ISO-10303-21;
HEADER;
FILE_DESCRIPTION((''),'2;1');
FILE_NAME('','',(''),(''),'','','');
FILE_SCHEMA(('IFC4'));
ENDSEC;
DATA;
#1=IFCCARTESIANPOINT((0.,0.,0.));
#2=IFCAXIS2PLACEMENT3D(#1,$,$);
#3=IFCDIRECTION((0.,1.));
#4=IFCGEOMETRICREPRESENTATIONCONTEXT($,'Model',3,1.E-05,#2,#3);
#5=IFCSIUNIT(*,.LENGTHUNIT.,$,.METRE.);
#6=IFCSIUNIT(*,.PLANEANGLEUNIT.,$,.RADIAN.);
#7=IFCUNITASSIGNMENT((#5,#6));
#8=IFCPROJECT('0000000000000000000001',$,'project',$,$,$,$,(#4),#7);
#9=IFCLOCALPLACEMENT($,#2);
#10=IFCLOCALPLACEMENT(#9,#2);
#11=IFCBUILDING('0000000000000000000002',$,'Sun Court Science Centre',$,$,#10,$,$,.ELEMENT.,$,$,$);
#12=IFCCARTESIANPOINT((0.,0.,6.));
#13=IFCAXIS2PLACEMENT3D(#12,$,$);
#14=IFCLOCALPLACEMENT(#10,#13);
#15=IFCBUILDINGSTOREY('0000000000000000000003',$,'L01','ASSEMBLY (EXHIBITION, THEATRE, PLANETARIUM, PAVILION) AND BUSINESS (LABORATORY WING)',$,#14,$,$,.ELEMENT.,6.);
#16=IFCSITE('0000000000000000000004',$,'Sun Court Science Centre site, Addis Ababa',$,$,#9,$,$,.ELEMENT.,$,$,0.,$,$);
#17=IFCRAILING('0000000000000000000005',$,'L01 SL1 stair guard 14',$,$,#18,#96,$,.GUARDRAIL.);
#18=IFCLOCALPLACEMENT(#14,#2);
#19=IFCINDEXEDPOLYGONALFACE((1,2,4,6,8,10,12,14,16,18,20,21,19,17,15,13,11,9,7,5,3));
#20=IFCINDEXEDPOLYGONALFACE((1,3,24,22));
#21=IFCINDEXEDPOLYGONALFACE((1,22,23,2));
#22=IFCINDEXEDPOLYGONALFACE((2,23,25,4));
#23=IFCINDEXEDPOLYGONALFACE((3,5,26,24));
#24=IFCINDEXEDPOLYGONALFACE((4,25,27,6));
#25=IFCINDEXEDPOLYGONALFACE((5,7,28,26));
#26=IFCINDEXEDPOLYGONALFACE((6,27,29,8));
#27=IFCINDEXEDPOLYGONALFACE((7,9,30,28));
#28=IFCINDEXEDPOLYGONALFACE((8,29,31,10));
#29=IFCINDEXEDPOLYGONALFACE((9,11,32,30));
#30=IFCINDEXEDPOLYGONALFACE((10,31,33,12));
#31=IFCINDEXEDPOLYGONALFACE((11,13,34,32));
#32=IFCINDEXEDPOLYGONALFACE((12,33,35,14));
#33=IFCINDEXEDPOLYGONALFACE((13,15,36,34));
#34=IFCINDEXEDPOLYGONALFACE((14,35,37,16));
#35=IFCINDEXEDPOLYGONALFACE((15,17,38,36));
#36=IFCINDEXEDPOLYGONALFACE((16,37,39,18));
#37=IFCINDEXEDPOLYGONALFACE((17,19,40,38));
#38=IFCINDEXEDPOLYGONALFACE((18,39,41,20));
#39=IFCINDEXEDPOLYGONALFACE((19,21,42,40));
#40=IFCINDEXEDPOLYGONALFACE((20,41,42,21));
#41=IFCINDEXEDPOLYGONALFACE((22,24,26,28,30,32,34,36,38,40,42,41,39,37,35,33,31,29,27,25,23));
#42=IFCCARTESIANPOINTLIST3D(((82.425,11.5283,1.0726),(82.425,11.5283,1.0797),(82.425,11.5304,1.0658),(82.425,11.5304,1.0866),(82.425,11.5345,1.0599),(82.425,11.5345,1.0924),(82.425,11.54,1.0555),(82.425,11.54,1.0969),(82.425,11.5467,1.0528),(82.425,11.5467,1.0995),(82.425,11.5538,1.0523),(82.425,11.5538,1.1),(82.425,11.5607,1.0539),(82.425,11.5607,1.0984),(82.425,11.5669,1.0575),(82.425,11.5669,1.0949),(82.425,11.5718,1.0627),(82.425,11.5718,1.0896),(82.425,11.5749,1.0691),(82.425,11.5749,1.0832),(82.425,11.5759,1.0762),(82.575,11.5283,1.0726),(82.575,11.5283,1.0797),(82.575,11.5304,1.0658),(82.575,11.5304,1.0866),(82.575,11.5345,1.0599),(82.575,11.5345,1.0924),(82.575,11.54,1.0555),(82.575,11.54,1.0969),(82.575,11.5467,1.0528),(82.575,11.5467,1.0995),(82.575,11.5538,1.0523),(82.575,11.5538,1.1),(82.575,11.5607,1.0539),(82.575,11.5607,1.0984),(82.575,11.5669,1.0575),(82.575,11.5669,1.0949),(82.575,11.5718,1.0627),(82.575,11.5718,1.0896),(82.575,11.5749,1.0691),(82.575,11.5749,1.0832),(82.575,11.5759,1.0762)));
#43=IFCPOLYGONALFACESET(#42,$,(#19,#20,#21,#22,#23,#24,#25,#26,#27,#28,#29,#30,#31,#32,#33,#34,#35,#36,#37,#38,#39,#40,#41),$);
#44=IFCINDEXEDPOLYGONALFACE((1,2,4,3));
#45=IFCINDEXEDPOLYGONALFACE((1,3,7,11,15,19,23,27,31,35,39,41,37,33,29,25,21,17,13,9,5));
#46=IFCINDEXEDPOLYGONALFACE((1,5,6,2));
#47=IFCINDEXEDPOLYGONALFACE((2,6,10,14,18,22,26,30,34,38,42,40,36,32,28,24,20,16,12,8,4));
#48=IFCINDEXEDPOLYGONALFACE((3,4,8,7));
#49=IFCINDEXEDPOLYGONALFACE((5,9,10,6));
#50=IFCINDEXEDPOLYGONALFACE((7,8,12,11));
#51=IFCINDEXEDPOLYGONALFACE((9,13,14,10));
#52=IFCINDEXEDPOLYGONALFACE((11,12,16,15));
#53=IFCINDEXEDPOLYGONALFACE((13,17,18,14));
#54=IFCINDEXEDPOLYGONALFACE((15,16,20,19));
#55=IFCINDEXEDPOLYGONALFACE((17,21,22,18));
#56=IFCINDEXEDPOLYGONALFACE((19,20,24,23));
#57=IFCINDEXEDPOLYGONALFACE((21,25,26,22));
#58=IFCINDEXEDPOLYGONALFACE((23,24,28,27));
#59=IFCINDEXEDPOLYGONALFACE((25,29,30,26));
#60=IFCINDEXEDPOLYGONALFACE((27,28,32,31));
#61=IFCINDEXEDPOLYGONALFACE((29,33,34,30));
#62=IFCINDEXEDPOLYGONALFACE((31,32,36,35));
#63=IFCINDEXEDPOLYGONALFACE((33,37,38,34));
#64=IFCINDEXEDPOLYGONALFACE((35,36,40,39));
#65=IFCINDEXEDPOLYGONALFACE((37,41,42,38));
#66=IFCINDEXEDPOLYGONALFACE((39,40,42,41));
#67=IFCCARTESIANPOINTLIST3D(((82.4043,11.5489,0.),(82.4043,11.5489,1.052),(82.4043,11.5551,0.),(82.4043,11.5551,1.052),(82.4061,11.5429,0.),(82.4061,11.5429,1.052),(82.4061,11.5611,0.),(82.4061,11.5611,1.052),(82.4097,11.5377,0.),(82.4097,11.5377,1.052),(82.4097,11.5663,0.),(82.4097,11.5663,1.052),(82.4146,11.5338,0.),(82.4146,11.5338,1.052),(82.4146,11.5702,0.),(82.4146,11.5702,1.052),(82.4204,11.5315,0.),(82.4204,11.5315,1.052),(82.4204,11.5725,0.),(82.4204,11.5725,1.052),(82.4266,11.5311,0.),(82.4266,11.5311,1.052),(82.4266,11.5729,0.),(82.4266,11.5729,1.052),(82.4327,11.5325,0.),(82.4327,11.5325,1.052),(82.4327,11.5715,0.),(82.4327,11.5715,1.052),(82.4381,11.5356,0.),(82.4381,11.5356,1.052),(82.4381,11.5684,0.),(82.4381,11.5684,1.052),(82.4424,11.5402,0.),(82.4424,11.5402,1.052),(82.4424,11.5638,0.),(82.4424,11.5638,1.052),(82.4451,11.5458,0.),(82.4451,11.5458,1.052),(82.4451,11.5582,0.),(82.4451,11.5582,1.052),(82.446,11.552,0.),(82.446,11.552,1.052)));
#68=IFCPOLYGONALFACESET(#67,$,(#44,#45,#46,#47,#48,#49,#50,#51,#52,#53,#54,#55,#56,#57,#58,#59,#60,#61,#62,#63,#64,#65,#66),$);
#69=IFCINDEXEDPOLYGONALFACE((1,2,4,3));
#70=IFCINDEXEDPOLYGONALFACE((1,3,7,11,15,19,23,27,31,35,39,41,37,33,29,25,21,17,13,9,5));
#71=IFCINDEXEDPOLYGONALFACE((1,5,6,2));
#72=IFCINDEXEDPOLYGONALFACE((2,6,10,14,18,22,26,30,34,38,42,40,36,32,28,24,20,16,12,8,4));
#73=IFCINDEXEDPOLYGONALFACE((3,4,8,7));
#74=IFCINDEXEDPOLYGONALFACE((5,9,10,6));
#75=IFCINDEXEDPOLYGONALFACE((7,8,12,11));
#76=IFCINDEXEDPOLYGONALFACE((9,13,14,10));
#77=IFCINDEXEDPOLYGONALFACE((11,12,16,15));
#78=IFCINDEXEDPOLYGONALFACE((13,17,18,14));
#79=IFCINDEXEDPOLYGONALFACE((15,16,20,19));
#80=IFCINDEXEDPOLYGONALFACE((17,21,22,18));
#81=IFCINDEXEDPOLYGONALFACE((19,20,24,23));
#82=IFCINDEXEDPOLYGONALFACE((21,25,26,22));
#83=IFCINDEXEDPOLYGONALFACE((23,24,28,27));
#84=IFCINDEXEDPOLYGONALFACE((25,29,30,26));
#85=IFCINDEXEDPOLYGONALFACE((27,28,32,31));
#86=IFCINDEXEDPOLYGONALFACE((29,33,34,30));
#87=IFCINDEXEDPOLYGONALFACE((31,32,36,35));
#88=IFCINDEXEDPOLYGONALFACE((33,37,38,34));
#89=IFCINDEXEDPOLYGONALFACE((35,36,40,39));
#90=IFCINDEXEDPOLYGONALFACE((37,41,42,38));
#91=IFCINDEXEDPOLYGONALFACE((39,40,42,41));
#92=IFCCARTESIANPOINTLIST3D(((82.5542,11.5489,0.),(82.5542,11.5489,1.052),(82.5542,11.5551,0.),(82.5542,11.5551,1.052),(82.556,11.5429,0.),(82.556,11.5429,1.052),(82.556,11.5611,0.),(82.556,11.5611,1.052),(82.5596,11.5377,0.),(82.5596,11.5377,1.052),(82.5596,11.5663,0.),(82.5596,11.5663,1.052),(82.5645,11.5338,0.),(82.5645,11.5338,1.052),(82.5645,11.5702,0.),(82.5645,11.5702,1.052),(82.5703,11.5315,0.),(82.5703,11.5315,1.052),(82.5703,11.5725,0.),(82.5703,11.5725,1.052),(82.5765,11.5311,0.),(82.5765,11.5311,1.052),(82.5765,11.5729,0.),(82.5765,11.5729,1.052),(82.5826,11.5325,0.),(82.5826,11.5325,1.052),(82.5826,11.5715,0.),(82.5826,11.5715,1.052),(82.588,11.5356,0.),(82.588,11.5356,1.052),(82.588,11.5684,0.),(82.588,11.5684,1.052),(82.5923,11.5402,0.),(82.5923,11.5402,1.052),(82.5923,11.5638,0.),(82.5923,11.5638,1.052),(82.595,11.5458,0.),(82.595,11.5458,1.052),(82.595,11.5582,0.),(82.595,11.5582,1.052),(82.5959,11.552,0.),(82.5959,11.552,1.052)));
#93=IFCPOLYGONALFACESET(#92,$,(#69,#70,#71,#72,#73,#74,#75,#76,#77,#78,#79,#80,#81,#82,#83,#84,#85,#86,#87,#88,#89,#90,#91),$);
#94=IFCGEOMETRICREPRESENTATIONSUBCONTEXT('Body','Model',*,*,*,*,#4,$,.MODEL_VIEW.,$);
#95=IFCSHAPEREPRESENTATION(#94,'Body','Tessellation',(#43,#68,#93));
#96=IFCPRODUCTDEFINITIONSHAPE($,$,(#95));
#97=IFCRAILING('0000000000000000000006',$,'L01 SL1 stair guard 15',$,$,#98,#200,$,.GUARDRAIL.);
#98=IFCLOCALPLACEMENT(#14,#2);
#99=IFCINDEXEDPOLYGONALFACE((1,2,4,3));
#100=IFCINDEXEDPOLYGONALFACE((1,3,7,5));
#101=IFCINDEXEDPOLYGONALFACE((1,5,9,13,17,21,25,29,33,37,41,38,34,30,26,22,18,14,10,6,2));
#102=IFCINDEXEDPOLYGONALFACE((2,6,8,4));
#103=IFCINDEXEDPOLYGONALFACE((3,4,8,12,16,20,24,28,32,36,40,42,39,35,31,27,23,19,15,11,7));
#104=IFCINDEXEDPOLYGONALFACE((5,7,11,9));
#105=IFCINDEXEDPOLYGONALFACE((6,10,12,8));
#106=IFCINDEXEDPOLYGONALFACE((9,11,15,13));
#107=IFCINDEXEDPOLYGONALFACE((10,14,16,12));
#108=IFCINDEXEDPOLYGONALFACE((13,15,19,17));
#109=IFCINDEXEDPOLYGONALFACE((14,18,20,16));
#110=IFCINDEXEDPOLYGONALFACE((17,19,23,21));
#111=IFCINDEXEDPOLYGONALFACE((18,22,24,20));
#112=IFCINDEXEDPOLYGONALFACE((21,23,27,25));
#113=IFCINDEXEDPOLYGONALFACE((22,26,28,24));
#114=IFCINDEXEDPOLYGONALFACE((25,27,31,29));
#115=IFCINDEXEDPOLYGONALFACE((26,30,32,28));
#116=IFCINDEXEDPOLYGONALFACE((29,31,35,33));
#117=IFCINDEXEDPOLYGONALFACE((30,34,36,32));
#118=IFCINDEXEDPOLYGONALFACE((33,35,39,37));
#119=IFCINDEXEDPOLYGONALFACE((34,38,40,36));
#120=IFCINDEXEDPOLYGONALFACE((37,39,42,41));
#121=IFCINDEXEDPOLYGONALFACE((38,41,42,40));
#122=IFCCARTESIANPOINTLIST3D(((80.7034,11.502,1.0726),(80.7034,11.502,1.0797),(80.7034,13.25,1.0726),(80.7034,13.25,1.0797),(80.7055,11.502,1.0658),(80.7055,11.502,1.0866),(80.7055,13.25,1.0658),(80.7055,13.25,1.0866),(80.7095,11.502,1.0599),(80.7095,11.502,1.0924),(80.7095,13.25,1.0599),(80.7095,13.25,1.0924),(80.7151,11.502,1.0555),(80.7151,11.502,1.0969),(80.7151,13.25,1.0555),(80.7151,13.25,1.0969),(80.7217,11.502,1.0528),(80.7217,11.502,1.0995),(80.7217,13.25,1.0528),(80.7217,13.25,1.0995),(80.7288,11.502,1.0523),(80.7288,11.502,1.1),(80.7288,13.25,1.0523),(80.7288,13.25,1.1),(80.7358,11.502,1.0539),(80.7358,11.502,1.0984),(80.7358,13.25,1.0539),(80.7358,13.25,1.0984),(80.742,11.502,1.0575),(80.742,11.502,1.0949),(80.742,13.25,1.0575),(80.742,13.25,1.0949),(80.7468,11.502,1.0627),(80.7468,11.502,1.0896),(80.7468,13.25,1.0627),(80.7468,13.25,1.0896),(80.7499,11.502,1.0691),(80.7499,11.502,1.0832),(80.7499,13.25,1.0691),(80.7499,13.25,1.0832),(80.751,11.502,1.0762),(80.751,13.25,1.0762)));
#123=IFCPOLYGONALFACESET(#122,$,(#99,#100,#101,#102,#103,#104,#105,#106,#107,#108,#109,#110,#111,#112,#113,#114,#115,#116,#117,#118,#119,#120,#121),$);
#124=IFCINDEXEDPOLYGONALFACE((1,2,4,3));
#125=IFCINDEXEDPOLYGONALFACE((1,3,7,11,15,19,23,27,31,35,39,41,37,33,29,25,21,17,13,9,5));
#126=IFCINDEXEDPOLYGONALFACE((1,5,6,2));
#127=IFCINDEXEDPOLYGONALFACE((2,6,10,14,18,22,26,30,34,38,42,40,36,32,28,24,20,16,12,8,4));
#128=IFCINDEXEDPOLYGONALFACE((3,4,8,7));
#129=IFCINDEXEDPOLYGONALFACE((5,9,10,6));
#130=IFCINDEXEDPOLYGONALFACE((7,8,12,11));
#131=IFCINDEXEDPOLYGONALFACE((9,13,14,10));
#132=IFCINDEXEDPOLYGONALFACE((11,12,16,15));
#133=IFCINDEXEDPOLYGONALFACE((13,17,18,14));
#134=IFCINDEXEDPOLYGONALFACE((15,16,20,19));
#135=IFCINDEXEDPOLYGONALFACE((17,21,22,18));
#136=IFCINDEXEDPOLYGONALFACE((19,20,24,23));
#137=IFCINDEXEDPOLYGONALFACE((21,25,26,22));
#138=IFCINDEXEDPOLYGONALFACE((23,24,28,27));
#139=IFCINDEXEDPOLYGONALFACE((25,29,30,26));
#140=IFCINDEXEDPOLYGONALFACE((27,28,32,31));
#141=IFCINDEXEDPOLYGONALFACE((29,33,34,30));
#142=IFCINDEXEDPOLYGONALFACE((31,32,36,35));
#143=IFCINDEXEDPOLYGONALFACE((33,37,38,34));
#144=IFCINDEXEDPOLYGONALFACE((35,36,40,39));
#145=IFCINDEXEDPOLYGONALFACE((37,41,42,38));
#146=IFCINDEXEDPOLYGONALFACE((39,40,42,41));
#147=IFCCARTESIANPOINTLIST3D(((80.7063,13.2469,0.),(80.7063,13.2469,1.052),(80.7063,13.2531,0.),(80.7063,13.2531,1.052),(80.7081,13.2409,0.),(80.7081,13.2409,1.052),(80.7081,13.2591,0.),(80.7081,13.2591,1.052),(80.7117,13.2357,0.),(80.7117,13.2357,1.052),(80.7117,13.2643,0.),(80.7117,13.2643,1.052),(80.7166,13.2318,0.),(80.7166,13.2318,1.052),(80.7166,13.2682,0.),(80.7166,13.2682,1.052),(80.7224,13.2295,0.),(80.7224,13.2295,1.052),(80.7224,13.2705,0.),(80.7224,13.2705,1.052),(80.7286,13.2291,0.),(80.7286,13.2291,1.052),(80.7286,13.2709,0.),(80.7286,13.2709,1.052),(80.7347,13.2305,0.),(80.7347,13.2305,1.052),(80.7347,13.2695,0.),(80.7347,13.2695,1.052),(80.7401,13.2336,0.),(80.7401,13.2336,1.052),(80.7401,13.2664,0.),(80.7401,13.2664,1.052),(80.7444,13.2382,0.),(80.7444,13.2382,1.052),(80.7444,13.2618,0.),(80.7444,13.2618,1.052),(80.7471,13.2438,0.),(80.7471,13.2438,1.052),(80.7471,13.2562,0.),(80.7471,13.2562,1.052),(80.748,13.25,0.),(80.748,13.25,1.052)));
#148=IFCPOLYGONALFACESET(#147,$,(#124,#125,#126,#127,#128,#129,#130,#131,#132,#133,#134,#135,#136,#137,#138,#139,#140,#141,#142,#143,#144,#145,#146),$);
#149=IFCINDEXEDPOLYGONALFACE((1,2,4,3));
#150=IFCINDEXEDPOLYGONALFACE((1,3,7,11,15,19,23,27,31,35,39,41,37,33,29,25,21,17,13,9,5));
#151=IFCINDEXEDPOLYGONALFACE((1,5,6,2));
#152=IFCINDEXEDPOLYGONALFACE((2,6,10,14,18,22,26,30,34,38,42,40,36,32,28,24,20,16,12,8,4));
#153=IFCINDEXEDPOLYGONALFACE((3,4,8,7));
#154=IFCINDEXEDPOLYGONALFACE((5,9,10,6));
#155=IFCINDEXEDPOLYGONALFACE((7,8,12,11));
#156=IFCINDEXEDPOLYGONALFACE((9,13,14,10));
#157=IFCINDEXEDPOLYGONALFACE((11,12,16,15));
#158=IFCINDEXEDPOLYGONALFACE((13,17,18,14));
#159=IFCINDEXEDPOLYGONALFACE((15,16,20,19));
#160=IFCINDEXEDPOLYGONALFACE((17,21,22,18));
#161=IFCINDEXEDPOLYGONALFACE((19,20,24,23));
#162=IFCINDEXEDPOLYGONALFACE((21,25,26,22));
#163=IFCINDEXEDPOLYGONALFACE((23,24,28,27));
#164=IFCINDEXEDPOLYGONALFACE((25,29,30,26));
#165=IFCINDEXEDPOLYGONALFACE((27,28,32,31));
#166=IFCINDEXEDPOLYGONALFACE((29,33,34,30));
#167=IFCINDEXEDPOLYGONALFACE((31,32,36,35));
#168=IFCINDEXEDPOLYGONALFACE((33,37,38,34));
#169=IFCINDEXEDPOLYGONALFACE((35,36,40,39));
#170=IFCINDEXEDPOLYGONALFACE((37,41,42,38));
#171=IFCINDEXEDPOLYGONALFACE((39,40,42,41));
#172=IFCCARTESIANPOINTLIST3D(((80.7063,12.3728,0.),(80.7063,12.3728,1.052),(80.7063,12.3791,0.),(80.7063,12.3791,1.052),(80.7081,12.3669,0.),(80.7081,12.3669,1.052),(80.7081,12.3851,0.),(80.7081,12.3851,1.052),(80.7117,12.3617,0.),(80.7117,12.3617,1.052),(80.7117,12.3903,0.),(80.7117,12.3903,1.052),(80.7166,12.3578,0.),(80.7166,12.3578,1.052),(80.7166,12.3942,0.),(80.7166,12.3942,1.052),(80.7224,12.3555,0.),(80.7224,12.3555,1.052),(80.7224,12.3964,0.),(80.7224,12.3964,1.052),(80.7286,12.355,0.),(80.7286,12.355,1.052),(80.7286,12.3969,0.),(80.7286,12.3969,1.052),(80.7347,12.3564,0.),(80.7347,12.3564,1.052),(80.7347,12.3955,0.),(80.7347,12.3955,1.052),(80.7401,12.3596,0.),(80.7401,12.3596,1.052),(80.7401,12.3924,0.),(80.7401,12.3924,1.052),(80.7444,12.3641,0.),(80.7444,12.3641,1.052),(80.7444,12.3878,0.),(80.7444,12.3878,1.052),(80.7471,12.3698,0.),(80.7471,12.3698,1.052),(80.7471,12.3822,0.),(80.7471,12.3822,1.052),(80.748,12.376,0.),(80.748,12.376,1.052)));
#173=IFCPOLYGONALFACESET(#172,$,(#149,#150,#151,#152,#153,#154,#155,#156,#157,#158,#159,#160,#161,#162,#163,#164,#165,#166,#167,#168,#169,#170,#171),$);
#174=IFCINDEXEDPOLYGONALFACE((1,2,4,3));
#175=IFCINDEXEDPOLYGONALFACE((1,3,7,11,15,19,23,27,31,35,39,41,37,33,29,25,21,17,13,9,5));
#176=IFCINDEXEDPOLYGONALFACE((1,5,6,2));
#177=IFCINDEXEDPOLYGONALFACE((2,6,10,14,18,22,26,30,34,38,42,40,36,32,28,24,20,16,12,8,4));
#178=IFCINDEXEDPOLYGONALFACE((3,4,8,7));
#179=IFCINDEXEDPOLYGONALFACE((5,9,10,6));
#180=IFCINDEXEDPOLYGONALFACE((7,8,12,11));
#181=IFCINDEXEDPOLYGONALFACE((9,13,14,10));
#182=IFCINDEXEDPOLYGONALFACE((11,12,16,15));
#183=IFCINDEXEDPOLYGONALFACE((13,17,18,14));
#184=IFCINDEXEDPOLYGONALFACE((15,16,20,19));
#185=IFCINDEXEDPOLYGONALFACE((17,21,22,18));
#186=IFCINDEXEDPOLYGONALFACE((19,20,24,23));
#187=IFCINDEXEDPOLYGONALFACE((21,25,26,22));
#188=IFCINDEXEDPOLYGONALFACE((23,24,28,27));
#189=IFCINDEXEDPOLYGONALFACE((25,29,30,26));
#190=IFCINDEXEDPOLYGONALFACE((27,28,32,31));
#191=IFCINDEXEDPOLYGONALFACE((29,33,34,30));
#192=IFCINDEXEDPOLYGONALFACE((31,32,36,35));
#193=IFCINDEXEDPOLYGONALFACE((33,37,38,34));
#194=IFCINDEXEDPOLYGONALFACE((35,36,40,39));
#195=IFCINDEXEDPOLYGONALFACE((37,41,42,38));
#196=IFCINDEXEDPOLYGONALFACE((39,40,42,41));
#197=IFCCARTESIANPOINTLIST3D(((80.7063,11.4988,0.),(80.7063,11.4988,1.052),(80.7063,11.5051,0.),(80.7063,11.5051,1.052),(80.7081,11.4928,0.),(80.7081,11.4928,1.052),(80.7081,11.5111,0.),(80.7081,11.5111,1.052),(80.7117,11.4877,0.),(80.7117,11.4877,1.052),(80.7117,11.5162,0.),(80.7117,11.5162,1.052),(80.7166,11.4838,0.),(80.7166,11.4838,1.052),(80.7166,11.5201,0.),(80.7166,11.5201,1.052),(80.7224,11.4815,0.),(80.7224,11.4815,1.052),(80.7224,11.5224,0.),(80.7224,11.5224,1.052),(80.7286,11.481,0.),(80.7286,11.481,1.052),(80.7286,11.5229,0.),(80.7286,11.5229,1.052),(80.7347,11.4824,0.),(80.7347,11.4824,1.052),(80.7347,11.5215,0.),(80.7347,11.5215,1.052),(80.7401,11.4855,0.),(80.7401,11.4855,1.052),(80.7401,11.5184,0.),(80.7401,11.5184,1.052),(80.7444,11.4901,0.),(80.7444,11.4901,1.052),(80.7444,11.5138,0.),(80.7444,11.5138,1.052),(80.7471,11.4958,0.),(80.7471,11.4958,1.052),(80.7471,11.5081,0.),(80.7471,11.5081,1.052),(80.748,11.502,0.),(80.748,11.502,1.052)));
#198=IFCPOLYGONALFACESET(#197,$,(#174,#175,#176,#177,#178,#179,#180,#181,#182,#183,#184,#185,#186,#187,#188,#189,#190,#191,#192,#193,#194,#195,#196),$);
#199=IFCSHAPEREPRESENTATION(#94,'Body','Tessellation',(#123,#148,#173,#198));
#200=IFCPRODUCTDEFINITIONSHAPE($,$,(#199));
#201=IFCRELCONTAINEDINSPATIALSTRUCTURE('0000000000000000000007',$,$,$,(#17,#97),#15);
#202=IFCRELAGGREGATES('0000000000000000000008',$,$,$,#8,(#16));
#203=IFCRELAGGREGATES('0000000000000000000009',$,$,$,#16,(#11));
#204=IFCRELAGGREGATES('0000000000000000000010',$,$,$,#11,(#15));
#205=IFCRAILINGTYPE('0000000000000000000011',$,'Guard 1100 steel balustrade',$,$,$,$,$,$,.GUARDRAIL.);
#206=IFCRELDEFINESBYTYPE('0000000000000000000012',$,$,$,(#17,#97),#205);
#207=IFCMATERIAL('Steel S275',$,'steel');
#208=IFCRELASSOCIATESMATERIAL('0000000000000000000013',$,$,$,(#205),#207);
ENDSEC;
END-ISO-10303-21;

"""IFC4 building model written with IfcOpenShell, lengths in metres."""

from ifc_helpers import new_model, si_unit, direction, frame, origin, origin_2d, place, context, subcontext, project, spatial, circle, extrude, material, type_object, element, save


model = new_model("IFC4")

# Units and contexts
model_context = context("Model", 3, precision=1e-05, world=origin(), true_north=direction((0.0, 1.0)))
body_context = subcontext(model_context, "Body", "Model", "MODEL_VIEW")
ifc_project = project(units=[si_unit("LENGTHUNIT", "METRE"), si_unit("PLANEANGLEUNIT", "RADIAN")], contexts=[model_context])

# Site, building, storey
site_placement = place(None, origin())
site = spatial("IfcSite", under=ifc_project, at=site_placement, Name="Sun Court Science Centre site, Addis Ababa", CompositionType="ELEMENT", RefElevation=0.0)
building_placement = place(site_placement, origin())
building = spatial("IfcBuilding", under=site, at=building_placement, Name="Sun Court Science Centre", CompositionType="ELEMENT")
storey_placement = place(building_placement, frame((0.0, 0.0, 6.0)))
storey = spatial("IfcBuildingStorey", under=building, at=storey_placement, Name="L01", Description="ASSEMBLY (EXHIBITION, THEATRE, PLANETARIUM, PAVILION) AND BUSINESS (LABORATORY WING)", CompositionType="ELEMENT", Elevation=6.0)

# Railings
ifc_material_1 = material(Name="Steel S275", Category="steel")
railing_type_1 = type_object("IfcRailingType", Name="Guard 1100 steel balustrade", PredefinedType="GUARDRAIL", material=ifc_material_1)
railing_1_placement = place(storey_placement, frame((82.425, 11.552, 0.0)))
element("IfcRailing", 1, at=railing_1_placement, inside=storey, type_object=railing_type_1, Name="L01 SL1 stair guard 14", PredefinedType="GUARDRAIL", context=body_context, shape_type="SweptSolid", body=[
    extrude(circle(Radius=0.0239, at=origin_2d()), frame((0.0, 0.0, 1.0762), z_axis=(1.0, 0.0, 0.0), x_axis=(0.0, 1.0, 0.0)), (0.0, 0.0, 1.0), 0.1499),
    extrude(circle(Radius=0.021, at=origin_2d()), origin(), (0.0, 0.0, 1.0), 1.052),
    extrude(circle(Radius=0.021, at=origin_2d()), frame((0.1499, 0.0, 0.0)), (0.0, 0.0, 1.0), 1.052),
])
railing_2_placement = place(storey_placement, frame((80.7271, 13.25, 0.0)))
element("IfcRailing", 2, at=railing_2_placement, inside=storey, type_object=railing_type_1, Name="L01 SL1 stair guard 15", PredefinedType="GUARDRAIL", context=body_context, shape_type="SweptSolid", body=[
    extrude(circle(Radius=0.0239, at=origin_2d()), frame((0.0, 0.0, 1.0762), z_axis=(0.0, -1.0, 0.0), x_axis=(1.0, 0.0, 0.0)), (0.0, 0.0, 1.0), 1.748),
    extrude(circle(Radius=0.021, at=origin_2d()), origin(), (0.0, 0.0, 1.0), 1.052),
    extrude(circle(Radius=0.021, at=origin_2d()), frame((0.0, -0.874, 0.0)), (0.0, 0.0, 1.0), 1.052),
    extrude(circle(Radius=0.021, at=origin_2d()), frame((0.0, -1.748, 0.0)), (0.0, 0.0, 1.0), 1.052),
])

save(model, "model.ifc")
